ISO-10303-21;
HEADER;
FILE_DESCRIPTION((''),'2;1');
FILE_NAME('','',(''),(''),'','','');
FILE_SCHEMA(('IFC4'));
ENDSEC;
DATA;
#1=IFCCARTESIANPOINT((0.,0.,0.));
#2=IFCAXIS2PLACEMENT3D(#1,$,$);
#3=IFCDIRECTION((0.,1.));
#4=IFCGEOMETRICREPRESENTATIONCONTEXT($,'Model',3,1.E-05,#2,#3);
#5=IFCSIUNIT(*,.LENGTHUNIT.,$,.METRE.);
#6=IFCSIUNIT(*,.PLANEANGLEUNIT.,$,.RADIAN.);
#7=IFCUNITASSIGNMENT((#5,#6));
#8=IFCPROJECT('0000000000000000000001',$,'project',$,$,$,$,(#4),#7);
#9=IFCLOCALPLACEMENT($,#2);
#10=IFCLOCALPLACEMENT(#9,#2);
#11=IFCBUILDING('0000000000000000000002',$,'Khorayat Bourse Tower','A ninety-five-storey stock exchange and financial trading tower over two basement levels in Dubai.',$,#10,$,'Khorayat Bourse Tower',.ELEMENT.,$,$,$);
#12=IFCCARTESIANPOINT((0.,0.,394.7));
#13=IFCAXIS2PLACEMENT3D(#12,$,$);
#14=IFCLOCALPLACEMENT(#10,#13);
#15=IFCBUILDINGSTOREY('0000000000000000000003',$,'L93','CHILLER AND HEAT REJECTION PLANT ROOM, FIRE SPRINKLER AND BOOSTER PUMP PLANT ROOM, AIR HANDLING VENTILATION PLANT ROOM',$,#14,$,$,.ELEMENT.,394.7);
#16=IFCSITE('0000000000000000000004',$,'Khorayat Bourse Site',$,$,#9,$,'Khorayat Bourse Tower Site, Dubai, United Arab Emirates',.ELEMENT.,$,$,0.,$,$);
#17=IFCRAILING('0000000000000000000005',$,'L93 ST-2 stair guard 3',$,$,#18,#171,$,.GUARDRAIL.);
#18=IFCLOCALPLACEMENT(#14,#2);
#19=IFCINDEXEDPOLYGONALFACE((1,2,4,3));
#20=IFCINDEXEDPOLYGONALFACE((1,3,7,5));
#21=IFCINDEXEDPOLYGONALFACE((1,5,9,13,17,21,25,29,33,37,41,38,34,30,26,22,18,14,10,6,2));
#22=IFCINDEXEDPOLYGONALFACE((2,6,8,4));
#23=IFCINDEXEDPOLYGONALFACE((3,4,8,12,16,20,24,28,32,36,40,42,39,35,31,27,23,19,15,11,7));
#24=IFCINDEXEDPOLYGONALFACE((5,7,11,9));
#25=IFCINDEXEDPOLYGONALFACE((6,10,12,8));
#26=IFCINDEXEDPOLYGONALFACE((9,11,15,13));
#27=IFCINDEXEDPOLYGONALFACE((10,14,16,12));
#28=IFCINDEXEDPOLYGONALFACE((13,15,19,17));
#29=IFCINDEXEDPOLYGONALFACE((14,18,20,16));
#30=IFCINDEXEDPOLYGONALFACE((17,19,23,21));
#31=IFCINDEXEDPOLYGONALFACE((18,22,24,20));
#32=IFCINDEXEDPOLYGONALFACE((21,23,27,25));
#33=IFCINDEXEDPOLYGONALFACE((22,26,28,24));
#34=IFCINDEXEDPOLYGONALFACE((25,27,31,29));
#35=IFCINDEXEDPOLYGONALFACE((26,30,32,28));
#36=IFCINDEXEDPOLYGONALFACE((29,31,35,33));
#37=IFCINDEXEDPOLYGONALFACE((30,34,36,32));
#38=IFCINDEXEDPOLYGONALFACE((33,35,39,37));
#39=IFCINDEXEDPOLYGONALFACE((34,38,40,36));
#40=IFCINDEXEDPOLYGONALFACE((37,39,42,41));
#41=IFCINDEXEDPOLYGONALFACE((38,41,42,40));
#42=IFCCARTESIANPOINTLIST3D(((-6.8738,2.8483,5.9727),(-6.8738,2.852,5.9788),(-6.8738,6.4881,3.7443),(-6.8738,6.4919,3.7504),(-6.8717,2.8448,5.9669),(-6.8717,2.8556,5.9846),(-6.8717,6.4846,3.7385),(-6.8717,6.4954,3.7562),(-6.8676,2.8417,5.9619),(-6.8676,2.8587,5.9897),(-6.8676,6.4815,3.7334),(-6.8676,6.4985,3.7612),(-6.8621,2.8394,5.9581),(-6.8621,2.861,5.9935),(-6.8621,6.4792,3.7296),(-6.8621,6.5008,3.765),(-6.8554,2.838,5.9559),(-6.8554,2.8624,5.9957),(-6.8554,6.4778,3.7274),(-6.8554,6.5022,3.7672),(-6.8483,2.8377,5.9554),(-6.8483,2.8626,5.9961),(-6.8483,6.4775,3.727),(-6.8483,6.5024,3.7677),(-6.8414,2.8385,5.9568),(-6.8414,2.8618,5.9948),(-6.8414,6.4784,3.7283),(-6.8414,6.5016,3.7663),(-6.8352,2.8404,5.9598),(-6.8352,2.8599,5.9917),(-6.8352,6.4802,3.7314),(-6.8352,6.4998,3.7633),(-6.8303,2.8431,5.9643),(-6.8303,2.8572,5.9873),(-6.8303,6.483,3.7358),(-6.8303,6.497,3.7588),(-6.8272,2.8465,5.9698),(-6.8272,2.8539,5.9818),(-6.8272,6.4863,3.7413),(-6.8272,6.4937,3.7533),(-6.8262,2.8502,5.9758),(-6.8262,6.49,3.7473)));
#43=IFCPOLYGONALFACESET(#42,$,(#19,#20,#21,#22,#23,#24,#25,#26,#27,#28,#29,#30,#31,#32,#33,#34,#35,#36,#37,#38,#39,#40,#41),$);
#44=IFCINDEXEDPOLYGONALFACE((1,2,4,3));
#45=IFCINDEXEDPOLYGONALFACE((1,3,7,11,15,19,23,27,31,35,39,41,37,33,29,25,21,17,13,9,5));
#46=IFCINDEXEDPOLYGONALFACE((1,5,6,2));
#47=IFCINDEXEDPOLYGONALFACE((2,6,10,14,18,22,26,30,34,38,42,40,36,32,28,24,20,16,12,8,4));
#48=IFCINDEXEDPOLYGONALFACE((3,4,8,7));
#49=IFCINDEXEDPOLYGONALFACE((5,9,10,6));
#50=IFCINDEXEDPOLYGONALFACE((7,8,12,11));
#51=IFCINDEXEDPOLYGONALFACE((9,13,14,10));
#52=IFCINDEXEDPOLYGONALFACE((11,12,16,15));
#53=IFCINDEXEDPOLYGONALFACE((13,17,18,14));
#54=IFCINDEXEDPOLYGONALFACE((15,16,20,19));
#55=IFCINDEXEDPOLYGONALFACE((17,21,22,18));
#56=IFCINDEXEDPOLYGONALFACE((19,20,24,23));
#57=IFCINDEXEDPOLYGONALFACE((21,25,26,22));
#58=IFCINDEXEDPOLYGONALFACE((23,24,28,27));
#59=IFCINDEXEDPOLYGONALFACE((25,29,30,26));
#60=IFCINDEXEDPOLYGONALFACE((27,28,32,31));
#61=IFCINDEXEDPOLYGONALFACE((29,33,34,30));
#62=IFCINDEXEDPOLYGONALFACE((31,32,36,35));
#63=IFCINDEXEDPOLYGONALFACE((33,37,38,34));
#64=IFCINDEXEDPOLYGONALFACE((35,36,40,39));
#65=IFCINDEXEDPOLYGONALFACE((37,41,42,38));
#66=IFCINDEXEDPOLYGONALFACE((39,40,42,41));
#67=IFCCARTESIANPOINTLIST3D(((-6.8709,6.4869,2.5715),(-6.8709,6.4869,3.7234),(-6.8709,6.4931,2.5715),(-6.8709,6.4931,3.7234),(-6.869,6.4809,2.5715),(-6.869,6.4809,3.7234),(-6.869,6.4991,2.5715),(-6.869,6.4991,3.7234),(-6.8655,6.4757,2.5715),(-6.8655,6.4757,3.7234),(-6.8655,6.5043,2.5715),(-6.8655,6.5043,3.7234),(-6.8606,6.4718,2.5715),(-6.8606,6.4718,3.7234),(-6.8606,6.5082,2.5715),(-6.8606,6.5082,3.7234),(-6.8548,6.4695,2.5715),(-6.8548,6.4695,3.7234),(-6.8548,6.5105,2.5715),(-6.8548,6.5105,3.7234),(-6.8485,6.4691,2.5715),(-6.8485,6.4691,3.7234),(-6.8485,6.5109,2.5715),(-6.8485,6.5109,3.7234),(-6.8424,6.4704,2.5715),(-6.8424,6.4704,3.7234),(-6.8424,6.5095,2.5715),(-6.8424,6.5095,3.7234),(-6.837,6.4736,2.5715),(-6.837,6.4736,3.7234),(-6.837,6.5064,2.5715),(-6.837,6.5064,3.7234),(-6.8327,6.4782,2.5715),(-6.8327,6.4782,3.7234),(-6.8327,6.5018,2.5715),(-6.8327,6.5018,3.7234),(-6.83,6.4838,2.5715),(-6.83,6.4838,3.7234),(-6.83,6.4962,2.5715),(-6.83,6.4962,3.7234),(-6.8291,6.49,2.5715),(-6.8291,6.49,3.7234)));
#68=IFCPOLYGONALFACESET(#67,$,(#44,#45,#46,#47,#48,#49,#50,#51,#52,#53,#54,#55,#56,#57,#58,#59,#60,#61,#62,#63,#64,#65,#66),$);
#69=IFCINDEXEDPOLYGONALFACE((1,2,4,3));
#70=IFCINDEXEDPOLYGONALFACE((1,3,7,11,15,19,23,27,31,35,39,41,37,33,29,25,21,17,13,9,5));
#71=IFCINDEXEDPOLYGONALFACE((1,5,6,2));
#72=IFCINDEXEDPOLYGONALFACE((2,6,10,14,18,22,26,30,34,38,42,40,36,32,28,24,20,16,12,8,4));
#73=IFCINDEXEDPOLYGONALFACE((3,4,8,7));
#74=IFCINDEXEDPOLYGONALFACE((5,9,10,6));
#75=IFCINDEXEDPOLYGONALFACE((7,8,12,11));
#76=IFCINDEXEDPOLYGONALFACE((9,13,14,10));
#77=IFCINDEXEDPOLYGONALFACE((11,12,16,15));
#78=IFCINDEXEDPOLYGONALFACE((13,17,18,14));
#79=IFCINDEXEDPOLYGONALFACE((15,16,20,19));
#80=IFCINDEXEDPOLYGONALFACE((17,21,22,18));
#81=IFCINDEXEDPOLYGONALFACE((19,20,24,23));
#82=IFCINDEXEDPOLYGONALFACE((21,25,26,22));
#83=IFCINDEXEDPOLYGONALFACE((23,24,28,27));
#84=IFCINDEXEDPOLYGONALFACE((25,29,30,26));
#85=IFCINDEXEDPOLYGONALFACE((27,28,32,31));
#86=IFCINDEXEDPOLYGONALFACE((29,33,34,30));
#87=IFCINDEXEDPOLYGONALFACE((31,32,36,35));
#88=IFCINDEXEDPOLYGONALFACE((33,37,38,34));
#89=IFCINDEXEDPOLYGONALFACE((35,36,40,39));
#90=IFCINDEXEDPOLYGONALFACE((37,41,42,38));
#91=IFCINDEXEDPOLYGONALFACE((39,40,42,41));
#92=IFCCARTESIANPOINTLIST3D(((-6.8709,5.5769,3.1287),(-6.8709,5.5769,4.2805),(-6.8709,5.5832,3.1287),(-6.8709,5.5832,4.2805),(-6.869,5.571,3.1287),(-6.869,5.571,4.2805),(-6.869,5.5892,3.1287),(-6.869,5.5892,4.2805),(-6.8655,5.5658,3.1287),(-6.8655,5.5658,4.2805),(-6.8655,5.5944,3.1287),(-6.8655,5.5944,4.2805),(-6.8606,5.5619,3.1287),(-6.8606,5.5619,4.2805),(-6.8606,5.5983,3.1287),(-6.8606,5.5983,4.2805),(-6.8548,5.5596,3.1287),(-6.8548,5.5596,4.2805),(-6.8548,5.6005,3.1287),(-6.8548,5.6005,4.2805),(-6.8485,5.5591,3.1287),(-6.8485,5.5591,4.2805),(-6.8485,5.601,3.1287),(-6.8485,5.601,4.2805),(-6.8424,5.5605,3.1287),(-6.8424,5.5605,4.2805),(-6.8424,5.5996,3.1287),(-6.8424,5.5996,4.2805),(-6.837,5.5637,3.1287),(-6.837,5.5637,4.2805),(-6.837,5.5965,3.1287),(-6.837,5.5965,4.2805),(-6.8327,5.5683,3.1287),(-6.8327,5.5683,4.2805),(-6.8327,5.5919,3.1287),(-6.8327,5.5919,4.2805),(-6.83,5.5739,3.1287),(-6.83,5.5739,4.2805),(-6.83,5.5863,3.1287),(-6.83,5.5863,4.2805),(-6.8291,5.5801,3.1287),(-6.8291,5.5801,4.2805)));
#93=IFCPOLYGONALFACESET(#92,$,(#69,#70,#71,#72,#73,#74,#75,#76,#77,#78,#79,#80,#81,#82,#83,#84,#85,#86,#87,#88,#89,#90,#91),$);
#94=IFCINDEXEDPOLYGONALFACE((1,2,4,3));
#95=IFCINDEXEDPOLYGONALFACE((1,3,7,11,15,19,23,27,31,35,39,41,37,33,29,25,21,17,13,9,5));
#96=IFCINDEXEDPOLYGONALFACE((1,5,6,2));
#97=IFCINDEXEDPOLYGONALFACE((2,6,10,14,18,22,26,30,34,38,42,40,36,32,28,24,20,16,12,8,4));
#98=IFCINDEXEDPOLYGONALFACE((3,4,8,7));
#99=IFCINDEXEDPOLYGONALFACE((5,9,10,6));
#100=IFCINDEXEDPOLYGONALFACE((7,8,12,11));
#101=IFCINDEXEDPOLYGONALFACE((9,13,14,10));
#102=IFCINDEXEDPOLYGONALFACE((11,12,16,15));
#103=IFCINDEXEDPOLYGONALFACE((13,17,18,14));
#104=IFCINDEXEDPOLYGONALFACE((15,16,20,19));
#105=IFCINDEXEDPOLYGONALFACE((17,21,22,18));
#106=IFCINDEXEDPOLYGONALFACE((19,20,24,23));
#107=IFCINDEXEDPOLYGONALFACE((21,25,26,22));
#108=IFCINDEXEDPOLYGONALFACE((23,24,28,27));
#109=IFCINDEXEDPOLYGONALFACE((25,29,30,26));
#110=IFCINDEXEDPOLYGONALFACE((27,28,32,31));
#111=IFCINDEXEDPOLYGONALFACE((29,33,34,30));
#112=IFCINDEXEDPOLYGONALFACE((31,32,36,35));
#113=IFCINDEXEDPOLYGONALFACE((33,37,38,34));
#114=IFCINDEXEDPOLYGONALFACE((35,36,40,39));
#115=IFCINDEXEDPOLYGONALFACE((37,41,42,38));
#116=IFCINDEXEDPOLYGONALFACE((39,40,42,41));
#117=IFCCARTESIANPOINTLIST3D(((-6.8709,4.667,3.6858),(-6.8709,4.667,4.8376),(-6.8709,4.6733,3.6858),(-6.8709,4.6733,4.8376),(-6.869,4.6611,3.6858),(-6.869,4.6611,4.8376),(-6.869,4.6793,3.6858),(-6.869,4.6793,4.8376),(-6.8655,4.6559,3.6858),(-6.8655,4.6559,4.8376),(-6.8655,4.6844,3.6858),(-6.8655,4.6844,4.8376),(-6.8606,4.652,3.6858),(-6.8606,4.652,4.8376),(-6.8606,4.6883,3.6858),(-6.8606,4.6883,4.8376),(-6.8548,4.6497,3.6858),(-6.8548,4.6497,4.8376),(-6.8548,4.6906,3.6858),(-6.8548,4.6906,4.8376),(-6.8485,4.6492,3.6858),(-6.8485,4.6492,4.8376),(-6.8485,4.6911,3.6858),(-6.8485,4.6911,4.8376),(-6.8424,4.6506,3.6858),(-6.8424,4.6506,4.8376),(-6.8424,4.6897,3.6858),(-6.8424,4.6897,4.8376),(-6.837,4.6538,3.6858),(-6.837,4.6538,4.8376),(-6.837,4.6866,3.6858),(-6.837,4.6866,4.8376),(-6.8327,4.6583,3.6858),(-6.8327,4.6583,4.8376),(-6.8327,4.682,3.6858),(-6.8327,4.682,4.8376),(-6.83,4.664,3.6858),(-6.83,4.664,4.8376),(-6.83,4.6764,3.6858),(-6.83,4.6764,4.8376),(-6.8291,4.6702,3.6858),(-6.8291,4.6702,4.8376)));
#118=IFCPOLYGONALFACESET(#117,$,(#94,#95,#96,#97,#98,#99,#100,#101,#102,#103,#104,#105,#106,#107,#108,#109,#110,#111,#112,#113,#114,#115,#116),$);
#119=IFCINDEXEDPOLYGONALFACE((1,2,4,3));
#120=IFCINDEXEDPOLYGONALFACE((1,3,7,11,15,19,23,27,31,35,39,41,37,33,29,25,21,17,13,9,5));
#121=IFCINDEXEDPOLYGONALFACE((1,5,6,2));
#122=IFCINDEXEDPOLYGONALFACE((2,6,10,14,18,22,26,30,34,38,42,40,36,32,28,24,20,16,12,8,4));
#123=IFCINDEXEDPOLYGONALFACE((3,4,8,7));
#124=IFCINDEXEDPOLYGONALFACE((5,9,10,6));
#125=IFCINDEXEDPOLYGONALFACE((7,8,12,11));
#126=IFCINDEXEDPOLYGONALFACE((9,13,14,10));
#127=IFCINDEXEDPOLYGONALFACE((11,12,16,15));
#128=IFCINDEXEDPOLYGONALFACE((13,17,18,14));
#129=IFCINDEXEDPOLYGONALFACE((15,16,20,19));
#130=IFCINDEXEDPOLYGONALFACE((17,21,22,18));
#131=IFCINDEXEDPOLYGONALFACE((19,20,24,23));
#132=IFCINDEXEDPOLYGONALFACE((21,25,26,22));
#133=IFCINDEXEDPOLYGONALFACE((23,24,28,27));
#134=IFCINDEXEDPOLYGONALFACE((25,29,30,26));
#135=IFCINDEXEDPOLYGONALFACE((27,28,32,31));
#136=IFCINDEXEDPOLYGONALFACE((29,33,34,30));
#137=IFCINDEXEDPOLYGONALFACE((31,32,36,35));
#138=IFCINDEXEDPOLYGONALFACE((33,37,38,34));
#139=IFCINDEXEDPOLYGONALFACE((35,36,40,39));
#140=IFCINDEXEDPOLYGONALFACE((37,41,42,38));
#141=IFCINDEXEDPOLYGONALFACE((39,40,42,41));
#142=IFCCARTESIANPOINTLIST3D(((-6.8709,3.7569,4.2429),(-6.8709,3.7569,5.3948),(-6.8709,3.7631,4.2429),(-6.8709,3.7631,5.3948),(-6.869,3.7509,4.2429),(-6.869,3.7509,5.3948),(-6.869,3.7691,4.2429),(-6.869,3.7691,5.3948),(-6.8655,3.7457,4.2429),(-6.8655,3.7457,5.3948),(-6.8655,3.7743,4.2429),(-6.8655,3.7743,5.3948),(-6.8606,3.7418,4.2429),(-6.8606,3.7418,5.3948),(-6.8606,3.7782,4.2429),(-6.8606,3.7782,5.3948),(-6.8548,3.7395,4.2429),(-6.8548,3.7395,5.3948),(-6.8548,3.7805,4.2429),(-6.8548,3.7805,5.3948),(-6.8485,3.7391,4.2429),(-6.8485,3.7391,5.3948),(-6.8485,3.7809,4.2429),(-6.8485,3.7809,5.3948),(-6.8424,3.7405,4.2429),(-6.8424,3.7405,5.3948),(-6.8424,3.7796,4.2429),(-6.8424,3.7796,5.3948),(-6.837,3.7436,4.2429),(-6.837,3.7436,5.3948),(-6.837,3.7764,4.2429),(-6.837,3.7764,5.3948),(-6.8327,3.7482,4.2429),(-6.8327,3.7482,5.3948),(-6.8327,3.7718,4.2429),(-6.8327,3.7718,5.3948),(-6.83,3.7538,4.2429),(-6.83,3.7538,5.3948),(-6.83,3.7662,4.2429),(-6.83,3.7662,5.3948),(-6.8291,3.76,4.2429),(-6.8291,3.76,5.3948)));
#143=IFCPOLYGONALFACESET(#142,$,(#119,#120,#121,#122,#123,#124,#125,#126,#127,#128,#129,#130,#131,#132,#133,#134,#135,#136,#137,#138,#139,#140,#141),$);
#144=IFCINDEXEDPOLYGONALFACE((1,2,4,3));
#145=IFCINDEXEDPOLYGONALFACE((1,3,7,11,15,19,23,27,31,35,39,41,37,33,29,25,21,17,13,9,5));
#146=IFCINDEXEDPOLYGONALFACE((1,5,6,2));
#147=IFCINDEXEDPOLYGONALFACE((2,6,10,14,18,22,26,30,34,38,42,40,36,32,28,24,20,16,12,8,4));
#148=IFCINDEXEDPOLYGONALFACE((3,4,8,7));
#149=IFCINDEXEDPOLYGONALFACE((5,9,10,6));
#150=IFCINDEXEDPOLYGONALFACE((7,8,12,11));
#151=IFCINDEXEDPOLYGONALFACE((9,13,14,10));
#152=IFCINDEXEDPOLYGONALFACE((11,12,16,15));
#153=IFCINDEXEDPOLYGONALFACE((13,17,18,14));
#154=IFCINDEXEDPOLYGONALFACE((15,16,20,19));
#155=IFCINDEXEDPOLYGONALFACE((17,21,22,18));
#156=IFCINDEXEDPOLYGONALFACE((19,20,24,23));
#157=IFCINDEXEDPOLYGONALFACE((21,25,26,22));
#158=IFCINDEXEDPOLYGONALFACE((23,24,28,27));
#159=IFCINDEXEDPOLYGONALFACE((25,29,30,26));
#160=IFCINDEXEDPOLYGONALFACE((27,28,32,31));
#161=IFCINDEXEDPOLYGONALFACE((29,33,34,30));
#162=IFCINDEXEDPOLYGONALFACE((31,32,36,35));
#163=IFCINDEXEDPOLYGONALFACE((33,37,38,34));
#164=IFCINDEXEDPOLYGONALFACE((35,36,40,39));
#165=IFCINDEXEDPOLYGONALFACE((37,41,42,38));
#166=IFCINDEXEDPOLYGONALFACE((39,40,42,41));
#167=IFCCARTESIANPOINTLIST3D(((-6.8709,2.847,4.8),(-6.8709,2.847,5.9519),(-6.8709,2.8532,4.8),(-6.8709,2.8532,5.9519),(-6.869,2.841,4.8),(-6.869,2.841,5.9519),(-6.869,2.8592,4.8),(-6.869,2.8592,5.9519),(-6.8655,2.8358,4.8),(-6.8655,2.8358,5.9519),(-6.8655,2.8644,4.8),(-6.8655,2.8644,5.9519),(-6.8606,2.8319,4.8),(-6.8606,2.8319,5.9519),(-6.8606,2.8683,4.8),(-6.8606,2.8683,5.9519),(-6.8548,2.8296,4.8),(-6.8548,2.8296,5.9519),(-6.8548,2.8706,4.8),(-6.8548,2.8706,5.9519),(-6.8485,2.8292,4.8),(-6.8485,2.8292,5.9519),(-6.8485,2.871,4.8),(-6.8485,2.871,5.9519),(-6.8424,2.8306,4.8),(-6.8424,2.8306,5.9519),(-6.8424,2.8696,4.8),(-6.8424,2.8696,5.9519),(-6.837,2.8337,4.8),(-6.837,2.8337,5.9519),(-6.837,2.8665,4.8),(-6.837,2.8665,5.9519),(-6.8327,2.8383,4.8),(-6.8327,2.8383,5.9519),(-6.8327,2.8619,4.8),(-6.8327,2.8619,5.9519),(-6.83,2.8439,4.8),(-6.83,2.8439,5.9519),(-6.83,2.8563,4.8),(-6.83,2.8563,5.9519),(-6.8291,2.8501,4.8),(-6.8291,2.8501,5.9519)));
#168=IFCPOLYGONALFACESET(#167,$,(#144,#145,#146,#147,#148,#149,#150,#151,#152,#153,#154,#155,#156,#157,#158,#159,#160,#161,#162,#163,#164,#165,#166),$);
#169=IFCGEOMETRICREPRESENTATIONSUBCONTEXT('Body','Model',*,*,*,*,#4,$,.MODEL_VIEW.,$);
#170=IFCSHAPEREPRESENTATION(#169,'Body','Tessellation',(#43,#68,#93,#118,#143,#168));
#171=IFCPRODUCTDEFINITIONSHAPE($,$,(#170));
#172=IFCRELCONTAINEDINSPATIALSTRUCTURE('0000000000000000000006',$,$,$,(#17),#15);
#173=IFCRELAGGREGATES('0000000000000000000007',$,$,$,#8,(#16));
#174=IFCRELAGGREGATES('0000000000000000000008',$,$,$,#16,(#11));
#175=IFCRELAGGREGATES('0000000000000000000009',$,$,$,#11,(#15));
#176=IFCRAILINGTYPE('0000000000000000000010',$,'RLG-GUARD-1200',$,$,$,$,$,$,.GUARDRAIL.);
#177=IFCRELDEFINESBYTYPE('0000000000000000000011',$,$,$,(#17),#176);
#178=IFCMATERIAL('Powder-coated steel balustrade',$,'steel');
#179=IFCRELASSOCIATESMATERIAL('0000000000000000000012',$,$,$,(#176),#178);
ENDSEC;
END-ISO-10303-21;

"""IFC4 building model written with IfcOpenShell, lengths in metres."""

from ifc_helpers import new_model, si_unit, direction, frame, origin, origin_2d, place, context, subcontext, project, spatial, circle, extrude, source, transform, mapped, material, type_object, element, save


model = new_model("IFC4")

# Units and contexts
model_context = context("Model", 3, precision=1e-05, world=origin(), true_north=direction((0.0, 1.0)))
body_context = subcontext(model_context, "Body", "Model", "MODEL_VIEW")
ifc_project = project(units=[si_unit("LENGTHUNIT", "METRE"), si_unit("PLANEANGLEUNIT", "RADIAN")], contexts=[model_context])

# Site, building, storey
site_placement = place(None, origin())
site = spatial("IfcSite", under=ifc_project, at=site_placement, Name="Khorayat Bourse Site", LongName="Khorayat Bourse Tower Site, Dubai, United Arab Emirates", CompositionType="ELEMENT", RefElevation=0.0)
building_placement = place(site_placement, origin())
building = spatial("IfcBuilding", under=site, at=building_placement, Name="Khorayat Bourse Tower", Description="A ninety-five-storey stock exchange and financial trading tower over two basement levels in Dubai.", LongName="Khorayat Bourse Tower", CompositionType="ELEMENT")
storey_placement = place(building_placement, frame((0.0, 0.0, 394.7)))
storey = spatial("IfcBuildingStorey", under=building, at=storey_placement, Name="L93", Description="CHILLER AND HEAT REJECTION PLANT ROOM, FIRE SPRINKLER AND BOOSTER PUMP PLANT ROOM, AIR HANDLING VENTILATION PLANT ROOM", CompositionType="ELEMENT", Elevation=394.7)

# Railing
ifc_material_1 = material(Name="Powder-coated steel balustrade", Category="steel")
railing_type_1 = type_object("IfcRailingType", Name="RLG-GUARD-1200", PredefinedType="GUARDRAIL", material=ifc_material_1)
shared_shape_1 = source(origin(), body_context, "Body", "SweptSolid", [
    extrude(circle(Radius=0.0239, at=origin_2d()), frame((0.0, 0.0, 1.1758), z_axis=(0.0, -0.85285, 0.522156), x_axis=(1.0, 0.0, 0.0)), (0.0, 0.0, 1.0), 4.2678),
    extrude(circle(Radius=0.021, at=origin_2d()), origin(), (0.0, 0.0, 1.0), 1.1519),
    extrude(circle(Radius=0.021, at=origin_2d()), frame((0.0, -0.9099, 0.5571)), (0.0, 0.0, 1.0), 1.1519),
    extrude(circle(Radius=0.021, at=origin_2d()), frame((0.0, -1.8198, 1.1143)), (0.0, 0.0, 1.0), 1.1519),
    extrude(circle(Radius=0.021, at=origin_2d()), frame((0.0, -2.73, 1.6714)), (0.0, 0.0, 1.0), 1.1519),
    extrude(circle(Radius=0.021, at=origin_2d()), frame((0.0, -3.6399, 2.2285)), (0.0, 0.0, 1.0), 1.1519),
])
railing_1_placement = place(storey_placement, frame((-6.8501, 6.49, 2.5715)))
element("IfcRailing", 1, at=railing_1_placement, inside=storey, type_object=railing_type_1, Name="L93 ST-2 stair guard 3", PredefinedType="GUARDRAIL", context=body_context, shape_type="MappedRepresentation", body=[
    mapped(shared_shape_1, transform((0.0, 0.0, 0.0), scale=1.0)),
])

save(model, "model.ifc")
